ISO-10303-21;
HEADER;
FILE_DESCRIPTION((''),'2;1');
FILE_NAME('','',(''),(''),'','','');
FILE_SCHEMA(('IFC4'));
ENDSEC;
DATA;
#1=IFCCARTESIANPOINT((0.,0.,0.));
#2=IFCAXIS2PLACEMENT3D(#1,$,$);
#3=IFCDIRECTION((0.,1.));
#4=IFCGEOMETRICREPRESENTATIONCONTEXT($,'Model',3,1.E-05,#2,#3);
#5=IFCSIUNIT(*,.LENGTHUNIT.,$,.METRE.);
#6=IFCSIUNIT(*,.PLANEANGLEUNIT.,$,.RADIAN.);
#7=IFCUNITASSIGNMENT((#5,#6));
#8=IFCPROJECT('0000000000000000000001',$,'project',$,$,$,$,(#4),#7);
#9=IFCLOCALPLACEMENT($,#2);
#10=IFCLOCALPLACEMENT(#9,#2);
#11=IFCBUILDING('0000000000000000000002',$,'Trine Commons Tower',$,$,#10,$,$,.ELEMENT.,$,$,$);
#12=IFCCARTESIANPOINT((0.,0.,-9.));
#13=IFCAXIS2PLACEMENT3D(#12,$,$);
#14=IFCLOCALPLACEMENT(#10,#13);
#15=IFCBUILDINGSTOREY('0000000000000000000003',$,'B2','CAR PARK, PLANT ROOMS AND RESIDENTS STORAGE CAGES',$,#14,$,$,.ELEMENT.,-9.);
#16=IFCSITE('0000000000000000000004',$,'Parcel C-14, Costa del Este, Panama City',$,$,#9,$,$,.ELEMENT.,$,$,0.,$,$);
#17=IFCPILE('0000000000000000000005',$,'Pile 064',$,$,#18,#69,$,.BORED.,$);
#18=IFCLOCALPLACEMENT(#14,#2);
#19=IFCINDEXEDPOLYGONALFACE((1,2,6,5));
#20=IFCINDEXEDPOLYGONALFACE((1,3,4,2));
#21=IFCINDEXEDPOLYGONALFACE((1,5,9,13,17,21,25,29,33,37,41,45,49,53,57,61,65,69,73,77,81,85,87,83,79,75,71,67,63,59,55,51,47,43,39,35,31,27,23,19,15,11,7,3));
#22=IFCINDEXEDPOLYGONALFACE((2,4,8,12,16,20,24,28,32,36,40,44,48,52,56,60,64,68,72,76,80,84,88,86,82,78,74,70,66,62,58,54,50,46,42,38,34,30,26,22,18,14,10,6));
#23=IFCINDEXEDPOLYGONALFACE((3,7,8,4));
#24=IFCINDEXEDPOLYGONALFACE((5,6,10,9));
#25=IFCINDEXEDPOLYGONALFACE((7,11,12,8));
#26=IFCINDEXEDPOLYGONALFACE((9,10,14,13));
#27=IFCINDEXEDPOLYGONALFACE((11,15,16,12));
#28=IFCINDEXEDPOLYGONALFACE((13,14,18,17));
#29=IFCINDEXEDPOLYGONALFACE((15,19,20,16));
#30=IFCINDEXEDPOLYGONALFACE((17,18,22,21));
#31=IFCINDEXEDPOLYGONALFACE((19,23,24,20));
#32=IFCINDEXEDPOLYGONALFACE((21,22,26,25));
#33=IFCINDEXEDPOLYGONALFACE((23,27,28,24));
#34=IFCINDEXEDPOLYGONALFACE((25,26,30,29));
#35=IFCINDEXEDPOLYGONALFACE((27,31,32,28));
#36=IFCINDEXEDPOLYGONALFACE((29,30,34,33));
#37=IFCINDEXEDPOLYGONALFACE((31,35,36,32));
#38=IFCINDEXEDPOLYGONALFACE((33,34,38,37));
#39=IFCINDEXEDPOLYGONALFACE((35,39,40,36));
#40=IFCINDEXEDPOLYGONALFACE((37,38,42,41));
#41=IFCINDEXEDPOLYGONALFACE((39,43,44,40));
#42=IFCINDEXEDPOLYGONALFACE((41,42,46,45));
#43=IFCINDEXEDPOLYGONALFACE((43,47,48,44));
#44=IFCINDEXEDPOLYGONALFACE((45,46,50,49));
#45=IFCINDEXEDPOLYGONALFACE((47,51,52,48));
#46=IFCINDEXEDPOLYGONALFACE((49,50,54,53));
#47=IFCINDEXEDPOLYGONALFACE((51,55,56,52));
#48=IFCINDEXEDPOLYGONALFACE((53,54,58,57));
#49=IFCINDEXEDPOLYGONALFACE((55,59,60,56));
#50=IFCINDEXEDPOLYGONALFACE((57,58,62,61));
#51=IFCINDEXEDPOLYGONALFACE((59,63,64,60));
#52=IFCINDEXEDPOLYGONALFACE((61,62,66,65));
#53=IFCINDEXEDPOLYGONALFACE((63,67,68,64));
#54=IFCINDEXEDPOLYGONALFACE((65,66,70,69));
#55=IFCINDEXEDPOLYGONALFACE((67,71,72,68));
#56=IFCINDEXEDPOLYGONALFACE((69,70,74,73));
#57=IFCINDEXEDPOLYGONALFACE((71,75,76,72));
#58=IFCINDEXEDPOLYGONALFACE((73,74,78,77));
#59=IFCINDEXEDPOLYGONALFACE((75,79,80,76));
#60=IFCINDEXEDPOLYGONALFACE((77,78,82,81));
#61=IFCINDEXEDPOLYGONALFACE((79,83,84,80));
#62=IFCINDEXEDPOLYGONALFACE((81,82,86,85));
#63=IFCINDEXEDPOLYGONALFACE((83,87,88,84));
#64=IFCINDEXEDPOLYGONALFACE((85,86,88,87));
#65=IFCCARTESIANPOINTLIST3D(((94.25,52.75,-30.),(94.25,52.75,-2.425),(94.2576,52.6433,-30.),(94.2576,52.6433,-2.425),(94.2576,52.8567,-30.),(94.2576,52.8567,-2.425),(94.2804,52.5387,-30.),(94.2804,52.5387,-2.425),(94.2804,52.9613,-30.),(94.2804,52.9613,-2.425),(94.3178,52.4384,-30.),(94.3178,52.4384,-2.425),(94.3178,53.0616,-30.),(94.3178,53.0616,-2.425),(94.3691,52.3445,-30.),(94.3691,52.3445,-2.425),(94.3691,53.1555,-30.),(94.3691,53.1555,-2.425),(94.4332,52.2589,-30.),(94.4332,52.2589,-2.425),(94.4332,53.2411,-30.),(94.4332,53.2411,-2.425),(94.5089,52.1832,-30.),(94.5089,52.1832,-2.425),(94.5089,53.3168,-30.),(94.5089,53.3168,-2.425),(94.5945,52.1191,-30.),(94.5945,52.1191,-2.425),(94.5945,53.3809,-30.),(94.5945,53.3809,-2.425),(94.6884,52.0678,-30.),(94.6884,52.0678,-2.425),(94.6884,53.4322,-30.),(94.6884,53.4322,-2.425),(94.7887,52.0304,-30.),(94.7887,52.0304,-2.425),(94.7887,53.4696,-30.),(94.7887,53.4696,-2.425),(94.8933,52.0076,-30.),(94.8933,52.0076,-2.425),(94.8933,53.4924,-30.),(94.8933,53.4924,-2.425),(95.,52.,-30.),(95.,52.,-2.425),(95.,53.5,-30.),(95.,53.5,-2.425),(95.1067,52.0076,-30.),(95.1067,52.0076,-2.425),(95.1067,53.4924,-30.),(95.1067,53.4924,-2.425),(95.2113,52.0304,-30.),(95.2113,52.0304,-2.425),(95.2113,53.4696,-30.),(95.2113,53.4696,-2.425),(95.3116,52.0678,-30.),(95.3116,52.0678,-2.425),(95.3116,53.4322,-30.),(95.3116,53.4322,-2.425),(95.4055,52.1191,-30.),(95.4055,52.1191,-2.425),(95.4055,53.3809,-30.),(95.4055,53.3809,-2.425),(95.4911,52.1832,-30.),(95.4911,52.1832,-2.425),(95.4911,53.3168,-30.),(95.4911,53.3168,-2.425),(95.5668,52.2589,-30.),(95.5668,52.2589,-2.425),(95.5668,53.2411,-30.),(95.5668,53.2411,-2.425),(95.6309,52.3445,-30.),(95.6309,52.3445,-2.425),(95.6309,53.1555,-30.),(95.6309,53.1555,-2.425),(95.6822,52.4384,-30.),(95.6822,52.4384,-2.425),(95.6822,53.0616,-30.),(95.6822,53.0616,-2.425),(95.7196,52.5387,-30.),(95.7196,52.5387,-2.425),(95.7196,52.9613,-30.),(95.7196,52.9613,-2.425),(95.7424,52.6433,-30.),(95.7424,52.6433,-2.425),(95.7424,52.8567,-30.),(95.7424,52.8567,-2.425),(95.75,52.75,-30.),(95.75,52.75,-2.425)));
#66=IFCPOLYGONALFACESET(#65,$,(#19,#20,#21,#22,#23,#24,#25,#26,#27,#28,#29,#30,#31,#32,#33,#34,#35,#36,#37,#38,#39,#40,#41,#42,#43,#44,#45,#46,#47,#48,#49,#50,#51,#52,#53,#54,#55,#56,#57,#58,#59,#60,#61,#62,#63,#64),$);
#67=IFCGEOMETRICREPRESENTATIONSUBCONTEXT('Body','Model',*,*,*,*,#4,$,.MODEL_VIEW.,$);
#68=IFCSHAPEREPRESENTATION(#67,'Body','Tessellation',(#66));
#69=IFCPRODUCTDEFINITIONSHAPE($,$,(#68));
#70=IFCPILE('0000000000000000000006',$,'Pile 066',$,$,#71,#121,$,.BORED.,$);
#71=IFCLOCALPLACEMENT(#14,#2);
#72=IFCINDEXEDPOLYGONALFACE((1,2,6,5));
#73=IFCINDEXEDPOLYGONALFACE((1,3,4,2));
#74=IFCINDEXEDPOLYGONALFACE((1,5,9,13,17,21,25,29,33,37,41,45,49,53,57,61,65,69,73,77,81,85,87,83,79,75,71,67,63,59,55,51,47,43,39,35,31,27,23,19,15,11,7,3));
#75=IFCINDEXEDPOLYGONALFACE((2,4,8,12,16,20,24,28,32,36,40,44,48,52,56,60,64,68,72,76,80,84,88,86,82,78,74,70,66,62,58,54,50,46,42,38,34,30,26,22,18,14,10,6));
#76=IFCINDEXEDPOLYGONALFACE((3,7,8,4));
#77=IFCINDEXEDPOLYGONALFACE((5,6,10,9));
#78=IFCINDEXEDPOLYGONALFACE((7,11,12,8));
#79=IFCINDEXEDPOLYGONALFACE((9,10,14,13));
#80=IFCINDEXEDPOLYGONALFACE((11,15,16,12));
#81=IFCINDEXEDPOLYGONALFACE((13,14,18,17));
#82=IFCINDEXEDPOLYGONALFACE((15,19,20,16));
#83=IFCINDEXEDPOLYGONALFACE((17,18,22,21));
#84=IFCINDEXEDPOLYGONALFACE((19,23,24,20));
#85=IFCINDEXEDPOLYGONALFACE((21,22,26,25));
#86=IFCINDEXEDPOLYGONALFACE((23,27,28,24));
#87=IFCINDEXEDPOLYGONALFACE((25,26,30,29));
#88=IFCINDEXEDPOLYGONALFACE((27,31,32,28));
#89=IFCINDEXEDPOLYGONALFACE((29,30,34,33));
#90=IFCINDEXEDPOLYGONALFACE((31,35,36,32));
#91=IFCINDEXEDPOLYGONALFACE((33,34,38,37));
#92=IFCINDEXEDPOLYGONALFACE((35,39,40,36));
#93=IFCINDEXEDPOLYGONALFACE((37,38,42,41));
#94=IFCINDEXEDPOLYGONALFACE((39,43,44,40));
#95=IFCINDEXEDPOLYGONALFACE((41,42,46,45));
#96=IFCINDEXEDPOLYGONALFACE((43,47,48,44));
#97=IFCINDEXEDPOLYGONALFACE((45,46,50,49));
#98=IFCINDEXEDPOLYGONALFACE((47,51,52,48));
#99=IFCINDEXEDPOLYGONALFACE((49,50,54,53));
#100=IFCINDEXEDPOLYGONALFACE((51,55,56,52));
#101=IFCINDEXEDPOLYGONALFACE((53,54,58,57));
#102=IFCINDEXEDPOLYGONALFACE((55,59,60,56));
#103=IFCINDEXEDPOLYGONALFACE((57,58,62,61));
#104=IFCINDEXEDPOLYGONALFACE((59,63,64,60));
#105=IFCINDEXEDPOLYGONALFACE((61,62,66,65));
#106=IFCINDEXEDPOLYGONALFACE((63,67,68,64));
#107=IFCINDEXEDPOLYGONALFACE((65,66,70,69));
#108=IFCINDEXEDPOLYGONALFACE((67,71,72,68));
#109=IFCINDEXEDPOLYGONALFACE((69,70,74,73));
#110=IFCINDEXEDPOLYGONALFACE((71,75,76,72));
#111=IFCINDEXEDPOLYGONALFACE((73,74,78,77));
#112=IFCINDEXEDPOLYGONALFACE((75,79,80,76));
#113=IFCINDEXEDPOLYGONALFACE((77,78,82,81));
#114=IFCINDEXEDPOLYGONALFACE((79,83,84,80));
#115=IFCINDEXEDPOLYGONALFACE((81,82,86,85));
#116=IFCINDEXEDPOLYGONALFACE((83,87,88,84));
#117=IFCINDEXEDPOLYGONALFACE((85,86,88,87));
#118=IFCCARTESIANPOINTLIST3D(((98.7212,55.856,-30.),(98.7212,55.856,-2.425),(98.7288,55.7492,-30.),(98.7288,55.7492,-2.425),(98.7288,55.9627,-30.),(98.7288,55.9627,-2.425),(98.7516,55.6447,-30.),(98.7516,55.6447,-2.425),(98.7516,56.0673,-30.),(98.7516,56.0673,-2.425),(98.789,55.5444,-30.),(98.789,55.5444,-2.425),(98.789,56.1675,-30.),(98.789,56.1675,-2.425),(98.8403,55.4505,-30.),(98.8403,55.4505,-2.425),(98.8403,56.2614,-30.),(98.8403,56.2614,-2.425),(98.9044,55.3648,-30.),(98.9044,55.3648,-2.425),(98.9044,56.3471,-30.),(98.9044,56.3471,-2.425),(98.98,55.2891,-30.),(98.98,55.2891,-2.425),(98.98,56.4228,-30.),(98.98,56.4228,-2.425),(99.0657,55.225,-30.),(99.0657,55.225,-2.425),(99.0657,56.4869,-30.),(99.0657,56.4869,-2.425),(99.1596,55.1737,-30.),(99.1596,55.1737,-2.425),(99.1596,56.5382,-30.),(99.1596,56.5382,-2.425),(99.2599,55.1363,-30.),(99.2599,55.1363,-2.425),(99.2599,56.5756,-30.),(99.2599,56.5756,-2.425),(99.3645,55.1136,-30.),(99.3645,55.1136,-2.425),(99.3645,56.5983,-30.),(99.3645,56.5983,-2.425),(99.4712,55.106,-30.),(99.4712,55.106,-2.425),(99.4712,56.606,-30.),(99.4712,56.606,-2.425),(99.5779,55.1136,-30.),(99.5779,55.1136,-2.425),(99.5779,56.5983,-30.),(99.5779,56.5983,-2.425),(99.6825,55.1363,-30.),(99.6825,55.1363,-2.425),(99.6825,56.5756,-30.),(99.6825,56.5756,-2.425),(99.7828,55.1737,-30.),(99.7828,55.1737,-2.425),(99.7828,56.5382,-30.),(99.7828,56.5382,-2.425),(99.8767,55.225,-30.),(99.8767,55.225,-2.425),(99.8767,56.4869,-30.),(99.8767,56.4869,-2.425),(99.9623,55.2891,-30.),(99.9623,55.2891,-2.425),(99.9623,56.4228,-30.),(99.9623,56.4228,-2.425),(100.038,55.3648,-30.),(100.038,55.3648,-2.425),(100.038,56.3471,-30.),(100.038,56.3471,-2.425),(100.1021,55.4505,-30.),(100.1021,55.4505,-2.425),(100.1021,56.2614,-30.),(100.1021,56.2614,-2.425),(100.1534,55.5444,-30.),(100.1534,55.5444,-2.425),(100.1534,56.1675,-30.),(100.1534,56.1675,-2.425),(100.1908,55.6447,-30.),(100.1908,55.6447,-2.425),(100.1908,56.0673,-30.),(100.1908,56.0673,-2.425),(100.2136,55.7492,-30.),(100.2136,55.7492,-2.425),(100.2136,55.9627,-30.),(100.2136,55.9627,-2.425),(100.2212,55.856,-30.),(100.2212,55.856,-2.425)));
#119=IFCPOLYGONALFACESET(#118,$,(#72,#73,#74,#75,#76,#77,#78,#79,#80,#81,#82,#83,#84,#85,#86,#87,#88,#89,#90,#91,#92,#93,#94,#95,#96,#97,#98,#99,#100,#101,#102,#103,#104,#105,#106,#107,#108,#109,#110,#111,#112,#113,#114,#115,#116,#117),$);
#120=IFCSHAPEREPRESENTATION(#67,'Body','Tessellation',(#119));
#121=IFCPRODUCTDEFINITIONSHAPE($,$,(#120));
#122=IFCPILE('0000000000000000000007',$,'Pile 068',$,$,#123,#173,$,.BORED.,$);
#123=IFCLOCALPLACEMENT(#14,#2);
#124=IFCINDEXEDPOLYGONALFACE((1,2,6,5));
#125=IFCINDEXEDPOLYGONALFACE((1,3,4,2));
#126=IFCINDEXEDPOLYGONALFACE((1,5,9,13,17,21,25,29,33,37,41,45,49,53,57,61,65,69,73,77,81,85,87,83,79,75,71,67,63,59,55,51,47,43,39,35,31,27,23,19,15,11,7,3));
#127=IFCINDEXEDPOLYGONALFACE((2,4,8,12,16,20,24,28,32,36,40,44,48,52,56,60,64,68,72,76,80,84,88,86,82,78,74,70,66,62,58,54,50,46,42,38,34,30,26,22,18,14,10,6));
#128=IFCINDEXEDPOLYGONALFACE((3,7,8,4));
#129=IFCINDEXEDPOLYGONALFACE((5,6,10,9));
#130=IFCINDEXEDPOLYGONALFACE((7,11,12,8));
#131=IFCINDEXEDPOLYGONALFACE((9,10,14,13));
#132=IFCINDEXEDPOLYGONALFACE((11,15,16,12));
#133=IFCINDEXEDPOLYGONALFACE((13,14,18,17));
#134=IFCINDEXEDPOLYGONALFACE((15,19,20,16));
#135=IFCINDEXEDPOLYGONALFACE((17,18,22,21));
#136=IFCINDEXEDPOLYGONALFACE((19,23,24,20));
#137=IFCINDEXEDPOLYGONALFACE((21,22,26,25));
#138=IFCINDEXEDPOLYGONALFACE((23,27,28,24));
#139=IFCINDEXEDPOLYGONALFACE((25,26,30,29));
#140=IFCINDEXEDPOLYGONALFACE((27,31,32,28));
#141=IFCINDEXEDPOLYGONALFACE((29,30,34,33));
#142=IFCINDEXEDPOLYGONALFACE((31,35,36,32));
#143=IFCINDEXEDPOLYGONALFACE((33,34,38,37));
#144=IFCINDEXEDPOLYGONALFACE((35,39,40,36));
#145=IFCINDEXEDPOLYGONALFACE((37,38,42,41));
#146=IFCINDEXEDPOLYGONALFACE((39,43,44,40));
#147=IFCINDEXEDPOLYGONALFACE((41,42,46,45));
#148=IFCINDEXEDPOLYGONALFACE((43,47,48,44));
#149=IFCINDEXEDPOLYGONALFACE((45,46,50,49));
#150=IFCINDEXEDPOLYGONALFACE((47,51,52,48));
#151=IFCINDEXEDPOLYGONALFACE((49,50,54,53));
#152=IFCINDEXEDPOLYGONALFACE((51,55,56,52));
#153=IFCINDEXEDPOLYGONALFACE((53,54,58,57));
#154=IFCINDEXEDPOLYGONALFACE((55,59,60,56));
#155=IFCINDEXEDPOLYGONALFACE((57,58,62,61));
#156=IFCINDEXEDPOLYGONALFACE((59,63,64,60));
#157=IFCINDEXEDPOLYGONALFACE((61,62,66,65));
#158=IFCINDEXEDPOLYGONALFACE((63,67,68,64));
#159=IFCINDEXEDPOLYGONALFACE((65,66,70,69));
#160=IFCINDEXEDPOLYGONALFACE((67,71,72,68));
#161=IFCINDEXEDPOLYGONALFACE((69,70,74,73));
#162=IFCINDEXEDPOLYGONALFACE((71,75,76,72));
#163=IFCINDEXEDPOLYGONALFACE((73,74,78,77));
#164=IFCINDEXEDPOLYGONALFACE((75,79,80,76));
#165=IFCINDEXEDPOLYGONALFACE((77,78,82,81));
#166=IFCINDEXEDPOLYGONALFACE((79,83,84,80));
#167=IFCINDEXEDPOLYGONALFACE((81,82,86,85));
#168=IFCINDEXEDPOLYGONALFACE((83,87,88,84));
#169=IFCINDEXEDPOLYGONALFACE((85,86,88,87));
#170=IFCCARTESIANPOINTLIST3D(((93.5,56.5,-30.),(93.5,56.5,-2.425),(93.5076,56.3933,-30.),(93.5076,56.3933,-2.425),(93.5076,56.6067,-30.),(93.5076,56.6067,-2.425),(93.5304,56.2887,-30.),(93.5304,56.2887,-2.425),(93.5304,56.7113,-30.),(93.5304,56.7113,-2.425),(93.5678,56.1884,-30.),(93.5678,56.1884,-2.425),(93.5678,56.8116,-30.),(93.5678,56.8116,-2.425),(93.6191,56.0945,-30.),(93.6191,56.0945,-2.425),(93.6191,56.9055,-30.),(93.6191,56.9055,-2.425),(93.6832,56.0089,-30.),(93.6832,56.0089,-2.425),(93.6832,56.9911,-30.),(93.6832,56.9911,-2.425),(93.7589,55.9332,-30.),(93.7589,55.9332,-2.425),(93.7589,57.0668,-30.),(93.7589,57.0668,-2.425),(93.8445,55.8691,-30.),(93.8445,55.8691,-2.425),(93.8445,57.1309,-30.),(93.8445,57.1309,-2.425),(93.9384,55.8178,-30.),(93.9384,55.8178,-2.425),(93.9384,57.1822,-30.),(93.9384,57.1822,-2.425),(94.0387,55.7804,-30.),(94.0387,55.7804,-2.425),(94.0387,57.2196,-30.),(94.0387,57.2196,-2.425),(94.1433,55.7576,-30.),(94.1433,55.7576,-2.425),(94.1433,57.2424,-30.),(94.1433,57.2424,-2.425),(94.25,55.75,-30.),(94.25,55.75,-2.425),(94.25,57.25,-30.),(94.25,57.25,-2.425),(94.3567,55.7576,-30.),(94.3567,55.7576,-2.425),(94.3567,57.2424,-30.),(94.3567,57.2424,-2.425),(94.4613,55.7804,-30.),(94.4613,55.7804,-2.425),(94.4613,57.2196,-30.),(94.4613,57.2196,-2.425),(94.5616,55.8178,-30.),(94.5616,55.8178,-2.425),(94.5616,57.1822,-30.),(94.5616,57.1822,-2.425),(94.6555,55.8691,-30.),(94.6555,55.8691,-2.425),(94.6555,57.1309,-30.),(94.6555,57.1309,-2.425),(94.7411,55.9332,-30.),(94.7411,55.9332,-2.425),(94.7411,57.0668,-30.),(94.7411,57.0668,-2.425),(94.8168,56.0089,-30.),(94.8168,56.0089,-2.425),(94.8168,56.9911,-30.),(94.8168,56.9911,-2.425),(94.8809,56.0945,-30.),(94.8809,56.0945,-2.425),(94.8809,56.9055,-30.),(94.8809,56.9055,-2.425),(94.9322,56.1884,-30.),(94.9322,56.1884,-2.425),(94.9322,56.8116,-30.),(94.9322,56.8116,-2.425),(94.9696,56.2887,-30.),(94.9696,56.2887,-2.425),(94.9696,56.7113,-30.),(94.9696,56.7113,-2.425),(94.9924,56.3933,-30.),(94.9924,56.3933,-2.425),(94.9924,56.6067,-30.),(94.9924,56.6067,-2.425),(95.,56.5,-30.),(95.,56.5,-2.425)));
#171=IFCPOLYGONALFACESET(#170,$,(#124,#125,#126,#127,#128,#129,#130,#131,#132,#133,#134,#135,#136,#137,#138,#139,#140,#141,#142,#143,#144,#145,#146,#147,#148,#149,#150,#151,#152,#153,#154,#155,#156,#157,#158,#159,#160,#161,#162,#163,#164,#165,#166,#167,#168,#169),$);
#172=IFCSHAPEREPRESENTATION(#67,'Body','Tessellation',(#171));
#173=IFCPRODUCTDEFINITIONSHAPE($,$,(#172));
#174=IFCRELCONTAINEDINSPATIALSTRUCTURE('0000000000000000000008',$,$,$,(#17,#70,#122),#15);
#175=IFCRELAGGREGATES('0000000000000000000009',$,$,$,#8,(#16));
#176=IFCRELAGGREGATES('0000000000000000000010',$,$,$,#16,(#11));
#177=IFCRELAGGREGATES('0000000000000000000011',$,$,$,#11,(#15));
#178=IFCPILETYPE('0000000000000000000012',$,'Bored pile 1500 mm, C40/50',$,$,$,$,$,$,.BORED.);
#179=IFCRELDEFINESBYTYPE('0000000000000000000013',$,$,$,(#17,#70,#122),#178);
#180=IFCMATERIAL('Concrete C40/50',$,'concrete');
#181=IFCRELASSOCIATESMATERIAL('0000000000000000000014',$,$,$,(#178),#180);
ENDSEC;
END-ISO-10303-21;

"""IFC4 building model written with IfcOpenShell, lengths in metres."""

from ifc_helpers import new_model, si_unit, direction, frame, origin, origin_2d, place, context, subcontext, project, spatial, circle, extrude, material, type_object, element, save


model = new_model("IFC4")

# Units and contexts
model_context = context("Model", 3, precision=1e-05, world=origin(), true_north=direction((0.0, 1.0)))
body_context = subcontext(model_context, "Body", "Model", "MODEL_VIEW")
ifc_project = project(units=[si_unit("LENGTHUNIT", "METRE"), si_unit("PLANEANGLEUNIT", "RADIAN")], contexts=[model_context])

# Site, building, storey
site_placement = place(None, origin())
site = spatial("IfcSite", under=ifc_project, at=site_placement, Name="Parcel C-14, Costa del Este, Panama City", CompositionType="ELEMENT", RefElevation=0.0)
building_placement = place(site_placement, origin())
building = spatial("IfcBuilding", under=site, at=building_placement, Name="Trine Commons Tower", CompositionType="ELEMENT")
storey_placement = place(building_placement, frame((0.0, 0.0, -9.0)))
storey = spatial("IfcBuildingStorey", under=building, at=storey_placement, Name="B2", Description="CAR PARK, PLANT ROOMS AND RESIDENTS STORAGE CAGES", CompositionType="ELEMENT", Elevation=-9.0)

# Piles
ifc_material_1 = material(Name="Concrete C40/50", Category="concrete")
pile_type_1 = type_object("IfcPileType", Name="Bored pile 1500 mm, C40/50", PredefinedType="BORED", material=ifc_material_1)
for number, where, z_axis, x_axis, name in (
    (1, (95.0, 52.75, -2.425), (0.0, 0.0, -1.0), (1.0, 0.0, 0.0), "Pile 064"),
    (2, (99.4712, 55.856, -2.425), (0.0, 0.0, -1.0), (1.0, 0.0, 0.0), "Pile 066"),
    (3, (94.25, 56.5, -2.425), (0.0, 0.0, -1.0), (1.0, 0.0, 0.0), "Pile 068"),
):
    element("IfcPile", number, at=place(storey_placement, frame(where, z_axis=z_axis, x_axis=x_axis)), inside=storey, type_object=pile_type_1, Name=name, PredefinedType="BORED", context=body_context, shape_type="SweptSolid", body=[
        extrude(circle(Radius=0.75, at=origin_2d()), origin(), (0.0, 0.0, 1.0), 27.575),
    ])

save(model, "model.ifc")
